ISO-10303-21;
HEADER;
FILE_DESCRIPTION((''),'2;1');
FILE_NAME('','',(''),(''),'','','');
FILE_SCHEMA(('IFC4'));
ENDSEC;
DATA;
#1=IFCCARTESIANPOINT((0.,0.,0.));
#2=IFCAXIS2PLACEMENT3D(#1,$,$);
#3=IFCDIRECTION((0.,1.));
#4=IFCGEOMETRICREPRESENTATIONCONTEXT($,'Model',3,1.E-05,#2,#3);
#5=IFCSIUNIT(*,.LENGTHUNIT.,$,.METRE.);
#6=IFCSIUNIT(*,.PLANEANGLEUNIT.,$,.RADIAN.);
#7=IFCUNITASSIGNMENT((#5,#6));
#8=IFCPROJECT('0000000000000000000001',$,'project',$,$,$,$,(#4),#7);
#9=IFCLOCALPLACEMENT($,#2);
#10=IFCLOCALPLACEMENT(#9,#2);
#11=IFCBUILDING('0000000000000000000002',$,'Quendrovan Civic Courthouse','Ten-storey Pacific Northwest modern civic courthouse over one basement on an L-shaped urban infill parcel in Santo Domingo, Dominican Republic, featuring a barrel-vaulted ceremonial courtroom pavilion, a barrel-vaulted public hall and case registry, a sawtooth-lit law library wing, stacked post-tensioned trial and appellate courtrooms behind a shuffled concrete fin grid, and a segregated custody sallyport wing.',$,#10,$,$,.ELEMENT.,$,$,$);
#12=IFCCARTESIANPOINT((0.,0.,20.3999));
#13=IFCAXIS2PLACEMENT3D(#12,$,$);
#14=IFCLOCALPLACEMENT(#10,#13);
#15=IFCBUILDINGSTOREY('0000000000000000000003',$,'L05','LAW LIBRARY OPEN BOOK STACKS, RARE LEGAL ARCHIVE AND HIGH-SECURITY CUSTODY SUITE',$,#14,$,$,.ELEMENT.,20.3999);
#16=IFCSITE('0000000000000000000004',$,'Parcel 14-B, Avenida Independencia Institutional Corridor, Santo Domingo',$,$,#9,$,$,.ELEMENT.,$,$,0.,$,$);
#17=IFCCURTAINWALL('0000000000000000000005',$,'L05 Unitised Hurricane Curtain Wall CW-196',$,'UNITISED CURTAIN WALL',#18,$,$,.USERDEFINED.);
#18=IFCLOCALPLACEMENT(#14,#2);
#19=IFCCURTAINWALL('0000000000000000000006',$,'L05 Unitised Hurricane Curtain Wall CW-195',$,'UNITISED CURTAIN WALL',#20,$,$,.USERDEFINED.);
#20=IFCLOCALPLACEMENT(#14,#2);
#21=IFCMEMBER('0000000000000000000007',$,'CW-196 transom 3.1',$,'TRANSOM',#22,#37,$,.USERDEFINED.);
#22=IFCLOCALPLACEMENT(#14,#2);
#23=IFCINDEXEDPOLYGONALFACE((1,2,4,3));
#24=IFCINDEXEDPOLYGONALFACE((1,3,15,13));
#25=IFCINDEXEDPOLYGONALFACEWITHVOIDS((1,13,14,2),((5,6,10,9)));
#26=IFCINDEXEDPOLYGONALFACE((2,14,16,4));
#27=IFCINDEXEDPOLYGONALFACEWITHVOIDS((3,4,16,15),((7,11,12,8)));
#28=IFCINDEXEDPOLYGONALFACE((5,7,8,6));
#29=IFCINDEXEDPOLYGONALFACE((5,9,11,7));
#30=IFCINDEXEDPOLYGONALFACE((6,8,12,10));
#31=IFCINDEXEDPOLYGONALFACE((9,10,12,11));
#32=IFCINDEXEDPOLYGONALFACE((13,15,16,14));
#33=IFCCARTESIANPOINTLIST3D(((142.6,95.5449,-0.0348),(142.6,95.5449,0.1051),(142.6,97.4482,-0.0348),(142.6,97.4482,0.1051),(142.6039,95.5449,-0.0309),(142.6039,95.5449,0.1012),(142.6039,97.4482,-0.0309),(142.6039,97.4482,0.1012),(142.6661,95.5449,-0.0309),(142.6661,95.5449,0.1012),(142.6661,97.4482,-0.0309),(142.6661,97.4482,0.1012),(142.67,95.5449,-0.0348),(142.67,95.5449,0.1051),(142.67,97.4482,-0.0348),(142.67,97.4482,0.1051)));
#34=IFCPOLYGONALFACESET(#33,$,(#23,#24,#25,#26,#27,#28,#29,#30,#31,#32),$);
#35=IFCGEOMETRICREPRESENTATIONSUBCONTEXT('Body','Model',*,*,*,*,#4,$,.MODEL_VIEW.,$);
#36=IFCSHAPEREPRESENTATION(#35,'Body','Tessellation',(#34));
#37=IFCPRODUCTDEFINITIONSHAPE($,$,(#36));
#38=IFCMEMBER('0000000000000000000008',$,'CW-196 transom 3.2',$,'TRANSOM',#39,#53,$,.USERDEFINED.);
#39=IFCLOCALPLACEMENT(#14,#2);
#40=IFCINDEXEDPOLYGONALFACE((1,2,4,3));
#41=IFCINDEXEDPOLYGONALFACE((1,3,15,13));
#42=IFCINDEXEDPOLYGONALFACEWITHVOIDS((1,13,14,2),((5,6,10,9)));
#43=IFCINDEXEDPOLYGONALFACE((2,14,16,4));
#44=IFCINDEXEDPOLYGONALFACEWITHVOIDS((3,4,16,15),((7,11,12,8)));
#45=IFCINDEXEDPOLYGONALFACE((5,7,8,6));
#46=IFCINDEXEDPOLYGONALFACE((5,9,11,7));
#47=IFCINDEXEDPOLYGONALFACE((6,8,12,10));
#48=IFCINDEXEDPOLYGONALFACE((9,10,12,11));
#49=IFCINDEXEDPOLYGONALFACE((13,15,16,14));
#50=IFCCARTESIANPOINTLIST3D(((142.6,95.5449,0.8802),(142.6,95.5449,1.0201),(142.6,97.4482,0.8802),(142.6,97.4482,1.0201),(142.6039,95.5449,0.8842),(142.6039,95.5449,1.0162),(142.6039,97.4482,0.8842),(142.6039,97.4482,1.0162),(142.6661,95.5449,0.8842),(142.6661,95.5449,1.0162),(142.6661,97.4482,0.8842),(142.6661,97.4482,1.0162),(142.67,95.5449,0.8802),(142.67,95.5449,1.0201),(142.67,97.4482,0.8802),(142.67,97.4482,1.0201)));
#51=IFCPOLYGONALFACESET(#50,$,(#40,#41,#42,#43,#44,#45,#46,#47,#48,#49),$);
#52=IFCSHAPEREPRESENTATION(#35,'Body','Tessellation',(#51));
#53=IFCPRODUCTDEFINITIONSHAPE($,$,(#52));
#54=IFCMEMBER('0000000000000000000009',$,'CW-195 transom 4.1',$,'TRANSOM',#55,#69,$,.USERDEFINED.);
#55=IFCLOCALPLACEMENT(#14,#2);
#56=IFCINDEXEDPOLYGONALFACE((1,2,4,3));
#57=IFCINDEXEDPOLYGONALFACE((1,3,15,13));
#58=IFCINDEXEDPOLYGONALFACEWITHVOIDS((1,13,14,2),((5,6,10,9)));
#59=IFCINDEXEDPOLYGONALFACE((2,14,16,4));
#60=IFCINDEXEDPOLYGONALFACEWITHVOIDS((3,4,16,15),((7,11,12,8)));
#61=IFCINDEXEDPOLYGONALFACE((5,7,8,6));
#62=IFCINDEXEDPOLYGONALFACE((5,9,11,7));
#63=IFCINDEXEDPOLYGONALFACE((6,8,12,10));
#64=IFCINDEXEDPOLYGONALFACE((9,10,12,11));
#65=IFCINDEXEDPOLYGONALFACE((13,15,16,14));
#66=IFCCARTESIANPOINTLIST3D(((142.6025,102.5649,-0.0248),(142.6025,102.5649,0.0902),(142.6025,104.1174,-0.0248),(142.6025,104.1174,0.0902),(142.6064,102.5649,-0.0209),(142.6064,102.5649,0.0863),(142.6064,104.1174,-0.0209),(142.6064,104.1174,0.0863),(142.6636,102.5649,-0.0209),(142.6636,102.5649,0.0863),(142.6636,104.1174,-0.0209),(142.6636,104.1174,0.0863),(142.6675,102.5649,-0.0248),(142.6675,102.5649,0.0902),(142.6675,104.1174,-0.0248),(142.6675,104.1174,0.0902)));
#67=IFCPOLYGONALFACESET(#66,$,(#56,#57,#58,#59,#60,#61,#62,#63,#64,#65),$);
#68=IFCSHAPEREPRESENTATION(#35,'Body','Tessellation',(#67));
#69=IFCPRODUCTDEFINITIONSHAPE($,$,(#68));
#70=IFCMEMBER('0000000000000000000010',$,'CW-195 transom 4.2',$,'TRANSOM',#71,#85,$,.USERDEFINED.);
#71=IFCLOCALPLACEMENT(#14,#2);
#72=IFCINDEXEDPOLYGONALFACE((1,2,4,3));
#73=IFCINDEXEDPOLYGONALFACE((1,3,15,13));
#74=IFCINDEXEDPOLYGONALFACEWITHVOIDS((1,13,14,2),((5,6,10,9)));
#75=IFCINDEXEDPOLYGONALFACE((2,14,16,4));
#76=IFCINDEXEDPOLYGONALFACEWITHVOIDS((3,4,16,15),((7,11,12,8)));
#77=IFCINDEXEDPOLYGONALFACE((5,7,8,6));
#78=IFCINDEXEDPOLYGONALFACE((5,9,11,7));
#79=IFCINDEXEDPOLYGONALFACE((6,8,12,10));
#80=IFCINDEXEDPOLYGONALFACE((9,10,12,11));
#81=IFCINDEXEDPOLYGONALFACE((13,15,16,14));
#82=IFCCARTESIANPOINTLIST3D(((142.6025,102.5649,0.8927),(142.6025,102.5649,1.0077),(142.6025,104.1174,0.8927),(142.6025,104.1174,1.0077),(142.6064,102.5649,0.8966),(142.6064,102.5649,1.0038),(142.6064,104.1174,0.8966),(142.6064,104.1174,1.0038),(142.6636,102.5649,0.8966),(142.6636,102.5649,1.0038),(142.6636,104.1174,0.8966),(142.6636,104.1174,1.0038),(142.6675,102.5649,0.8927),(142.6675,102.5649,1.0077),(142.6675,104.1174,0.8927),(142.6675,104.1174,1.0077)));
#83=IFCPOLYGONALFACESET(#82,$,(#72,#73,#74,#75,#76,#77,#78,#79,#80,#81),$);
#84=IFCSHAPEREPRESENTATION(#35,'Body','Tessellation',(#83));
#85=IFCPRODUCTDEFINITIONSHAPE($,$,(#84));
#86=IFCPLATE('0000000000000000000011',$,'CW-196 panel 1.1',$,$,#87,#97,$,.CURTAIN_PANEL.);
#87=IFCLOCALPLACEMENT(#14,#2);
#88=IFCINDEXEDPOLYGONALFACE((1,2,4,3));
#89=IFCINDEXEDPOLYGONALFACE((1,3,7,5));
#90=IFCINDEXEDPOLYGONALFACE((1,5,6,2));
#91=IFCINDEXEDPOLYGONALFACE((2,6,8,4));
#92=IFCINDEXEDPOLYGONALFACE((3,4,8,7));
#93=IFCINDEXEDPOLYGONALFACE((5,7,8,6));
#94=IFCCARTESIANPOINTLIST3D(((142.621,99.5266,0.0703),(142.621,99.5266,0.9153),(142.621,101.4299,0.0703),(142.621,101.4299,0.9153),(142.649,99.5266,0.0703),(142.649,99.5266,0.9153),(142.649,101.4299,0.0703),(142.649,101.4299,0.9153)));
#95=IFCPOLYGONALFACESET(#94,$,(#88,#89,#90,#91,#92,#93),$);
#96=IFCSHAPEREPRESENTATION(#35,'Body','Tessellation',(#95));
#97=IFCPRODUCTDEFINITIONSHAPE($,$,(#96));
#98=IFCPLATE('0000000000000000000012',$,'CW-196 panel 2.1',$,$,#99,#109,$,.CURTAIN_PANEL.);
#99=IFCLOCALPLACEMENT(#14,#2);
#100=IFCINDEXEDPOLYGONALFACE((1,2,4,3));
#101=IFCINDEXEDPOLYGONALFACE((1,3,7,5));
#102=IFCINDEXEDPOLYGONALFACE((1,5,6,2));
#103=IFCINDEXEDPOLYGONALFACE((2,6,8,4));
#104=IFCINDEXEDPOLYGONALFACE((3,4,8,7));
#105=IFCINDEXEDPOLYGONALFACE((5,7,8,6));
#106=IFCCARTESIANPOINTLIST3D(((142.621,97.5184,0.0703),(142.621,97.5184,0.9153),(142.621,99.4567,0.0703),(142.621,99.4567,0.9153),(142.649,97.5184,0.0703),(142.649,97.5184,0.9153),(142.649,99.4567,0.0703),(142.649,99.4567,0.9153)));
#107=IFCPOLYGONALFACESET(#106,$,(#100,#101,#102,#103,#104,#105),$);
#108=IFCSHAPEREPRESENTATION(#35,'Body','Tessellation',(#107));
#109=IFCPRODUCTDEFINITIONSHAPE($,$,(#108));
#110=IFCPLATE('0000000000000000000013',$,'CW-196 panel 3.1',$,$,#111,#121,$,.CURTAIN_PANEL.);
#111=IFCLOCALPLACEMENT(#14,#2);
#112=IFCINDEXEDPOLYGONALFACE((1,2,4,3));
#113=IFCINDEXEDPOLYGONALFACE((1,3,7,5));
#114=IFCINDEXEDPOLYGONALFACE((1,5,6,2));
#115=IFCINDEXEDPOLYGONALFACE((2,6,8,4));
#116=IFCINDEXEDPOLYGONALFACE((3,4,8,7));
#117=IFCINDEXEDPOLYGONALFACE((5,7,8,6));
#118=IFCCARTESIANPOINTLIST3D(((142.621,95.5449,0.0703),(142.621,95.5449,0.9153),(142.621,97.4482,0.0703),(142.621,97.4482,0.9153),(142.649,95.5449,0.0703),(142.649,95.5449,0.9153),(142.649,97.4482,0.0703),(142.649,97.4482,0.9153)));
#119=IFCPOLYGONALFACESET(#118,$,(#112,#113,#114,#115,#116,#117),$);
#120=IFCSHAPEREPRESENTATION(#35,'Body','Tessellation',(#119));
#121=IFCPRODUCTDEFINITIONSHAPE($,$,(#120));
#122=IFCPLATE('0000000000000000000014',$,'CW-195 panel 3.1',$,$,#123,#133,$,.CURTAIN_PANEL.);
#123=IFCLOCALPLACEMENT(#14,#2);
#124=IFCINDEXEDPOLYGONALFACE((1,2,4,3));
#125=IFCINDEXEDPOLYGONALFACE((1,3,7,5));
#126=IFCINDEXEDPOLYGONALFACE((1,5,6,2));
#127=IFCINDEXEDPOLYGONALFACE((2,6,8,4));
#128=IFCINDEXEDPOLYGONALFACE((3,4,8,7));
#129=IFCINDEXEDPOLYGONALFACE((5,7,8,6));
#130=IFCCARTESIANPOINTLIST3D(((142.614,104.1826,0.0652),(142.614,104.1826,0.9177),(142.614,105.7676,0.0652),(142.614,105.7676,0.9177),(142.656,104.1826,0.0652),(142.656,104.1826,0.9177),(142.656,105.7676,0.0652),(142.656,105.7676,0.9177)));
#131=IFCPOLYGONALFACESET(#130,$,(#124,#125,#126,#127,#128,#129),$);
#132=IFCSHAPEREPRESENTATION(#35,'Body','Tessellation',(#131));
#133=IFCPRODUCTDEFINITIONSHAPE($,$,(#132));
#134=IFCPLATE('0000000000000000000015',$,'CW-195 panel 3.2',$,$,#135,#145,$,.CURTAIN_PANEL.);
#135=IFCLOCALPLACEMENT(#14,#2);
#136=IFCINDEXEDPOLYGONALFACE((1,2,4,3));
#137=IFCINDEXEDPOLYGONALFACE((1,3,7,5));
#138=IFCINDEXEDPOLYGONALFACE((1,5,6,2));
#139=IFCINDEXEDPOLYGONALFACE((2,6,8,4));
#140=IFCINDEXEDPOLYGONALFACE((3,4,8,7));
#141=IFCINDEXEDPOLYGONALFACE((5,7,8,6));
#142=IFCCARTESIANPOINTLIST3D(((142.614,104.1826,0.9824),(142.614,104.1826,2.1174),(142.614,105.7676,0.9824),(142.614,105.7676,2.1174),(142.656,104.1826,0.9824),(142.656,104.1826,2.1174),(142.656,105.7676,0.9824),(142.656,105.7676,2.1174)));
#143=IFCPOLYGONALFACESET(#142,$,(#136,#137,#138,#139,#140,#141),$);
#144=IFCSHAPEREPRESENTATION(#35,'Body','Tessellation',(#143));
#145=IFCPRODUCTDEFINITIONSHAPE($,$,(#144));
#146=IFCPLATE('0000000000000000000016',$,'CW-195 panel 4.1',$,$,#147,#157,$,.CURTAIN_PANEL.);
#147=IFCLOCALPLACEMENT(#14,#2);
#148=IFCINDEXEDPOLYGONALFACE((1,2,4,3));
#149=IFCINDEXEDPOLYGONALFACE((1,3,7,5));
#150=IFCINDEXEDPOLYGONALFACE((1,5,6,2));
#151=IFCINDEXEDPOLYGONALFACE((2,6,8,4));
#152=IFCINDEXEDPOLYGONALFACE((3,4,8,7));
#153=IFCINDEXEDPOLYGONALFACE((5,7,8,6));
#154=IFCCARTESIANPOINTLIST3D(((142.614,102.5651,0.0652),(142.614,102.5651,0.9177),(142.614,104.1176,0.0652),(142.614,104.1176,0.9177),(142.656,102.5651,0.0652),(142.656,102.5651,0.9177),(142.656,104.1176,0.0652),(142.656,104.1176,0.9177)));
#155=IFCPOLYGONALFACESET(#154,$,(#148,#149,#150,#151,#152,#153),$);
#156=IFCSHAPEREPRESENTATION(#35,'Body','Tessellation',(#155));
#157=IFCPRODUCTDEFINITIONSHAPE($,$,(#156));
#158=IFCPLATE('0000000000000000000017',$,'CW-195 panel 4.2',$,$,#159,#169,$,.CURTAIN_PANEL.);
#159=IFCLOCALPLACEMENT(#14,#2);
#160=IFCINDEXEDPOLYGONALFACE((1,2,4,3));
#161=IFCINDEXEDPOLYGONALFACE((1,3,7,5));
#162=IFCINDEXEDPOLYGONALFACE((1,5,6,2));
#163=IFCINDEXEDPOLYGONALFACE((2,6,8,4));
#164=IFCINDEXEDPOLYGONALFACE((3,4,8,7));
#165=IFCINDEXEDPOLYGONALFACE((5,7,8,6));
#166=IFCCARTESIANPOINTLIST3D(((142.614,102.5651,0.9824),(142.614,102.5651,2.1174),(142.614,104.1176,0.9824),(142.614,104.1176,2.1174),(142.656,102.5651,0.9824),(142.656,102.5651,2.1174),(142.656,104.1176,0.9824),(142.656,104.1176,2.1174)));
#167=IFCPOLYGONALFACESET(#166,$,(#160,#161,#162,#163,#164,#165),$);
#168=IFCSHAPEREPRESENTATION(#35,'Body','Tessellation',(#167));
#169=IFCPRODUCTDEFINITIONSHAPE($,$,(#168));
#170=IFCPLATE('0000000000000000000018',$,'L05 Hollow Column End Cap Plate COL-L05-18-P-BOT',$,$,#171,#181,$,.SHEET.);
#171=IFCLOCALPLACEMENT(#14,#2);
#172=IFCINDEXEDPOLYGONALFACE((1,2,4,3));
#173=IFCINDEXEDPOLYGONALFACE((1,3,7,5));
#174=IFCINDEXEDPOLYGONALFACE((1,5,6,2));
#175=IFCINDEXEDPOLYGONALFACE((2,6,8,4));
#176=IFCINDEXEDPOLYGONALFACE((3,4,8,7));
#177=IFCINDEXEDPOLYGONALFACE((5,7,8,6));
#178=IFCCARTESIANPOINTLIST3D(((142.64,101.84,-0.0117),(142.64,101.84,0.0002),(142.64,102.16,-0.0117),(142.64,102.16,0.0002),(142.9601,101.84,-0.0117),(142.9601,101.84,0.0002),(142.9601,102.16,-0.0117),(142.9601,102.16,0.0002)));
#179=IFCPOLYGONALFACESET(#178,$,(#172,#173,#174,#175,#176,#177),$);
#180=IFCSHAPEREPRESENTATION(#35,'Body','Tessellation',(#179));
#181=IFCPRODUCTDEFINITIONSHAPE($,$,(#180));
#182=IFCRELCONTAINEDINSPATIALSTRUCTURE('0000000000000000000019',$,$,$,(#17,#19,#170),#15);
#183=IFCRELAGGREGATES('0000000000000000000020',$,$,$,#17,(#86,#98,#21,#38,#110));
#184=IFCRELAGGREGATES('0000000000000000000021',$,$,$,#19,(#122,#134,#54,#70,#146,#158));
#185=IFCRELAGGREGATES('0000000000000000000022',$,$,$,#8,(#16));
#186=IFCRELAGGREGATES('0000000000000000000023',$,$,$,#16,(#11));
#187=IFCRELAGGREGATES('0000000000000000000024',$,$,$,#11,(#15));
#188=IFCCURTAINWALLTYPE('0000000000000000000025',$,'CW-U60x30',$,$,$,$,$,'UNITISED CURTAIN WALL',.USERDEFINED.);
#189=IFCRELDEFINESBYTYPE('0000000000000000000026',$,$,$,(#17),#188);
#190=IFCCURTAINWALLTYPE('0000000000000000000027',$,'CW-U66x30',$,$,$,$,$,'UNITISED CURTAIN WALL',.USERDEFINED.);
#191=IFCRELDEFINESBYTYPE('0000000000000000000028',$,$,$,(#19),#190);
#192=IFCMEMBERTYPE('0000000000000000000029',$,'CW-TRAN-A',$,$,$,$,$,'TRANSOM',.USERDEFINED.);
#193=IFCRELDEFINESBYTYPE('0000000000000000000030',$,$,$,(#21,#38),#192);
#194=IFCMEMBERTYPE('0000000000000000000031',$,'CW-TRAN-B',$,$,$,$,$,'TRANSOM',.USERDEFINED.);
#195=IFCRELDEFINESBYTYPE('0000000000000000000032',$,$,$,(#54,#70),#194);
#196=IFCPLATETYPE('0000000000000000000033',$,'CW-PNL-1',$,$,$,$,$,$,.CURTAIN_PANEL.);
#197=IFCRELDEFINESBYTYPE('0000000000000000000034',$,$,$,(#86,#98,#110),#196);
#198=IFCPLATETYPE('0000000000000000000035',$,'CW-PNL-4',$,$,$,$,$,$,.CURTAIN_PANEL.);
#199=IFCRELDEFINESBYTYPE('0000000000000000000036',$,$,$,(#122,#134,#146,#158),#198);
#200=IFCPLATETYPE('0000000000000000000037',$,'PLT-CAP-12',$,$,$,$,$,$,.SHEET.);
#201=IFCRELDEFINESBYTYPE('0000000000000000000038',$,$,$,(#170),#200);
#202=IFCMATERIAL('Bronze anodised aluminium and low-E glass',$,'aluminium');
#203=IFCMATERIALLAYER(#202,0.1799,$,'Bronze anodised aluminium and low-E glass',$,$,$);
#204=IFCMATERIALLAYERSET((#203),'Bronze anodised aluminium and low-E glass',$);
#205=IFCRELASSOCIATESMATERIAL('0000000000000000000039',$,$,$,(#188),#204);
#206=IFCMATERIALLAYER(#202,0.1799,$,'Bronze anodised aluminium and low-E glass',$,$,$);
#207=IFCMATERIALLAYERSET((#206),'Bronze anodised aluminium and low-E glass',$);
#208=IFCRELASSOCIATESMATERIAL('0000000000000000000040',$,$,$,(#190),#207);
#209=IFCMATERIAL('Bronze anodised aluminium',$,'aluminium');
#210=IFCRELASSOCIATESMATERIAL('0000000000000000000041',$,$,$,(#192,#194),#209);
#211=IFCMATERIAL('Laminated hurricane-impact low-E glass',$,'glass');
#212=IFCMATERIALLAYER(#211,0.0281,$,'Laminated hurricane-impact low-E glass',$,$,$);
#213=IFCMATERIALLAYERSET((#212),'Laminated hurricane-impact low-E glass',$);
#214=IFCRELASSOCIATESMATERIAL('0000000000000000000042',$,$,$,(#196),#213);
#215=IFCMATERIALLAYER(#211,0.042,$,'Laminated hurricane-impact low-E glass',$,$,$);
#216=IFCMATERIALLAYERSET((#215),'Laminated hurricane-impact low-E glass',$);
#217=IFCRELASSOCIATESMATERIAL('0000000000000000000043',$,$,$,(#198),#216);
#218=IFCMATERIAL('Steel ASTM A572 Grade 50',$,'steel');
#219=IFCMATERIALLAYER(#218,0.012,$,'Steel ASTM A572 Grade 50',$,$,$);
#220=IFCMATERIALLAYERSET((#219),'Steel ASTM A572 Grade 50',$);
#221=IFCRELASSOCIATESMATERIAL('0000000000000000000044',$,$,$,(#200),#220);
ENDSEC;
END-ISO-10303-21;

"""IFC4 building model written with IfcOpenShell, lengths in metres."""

from ifc_helpers import new_model, si_unit, direction, frame, origin, origin_2d, place, context, subcontext, project, spatial, rectangle, hollow_rectangle, extrude, material, layer, layer_set, material_profile, profile_set, type_object, element, aggregate, save


model = new_model("IFC4")

# Units and contexts
model_context = context("Model", 3, precision=1e-05, world=origin(), true_north=direction((0.0, 1.0)))
body_context = subcontext(model_context, "Body", "Model", "MODEL_VIEW")
ifc_project = project(units=[si_unit("LENGTHUNIT", "METRE"), si_unit("PLANEANGLEUNIT", "RADIAN")], contexts=[model_context])

# Site, building, storey
site_placement = place(None, origin())
site = spatial("IfcSite", under=ifc_project, at=site_placement, Name="Parcel 14-B, Avenida Independencia Institutional Corridor, Santo Domingo", CompositionType="ELEMENT", RefElevation=0.0)
building_placement = place(site_placement, origin())
building = spatial("IfcBuilding", under=site, at=building_placement, Name="Quendrovan Civic Courthouse", Description="Ten-storey Pacific Northwest modern civic courthouse over one basement on an L-shaped urban infill parcel in Santo Domingo, Dominican Republic, featuring a barrel-vaulted ceremonial courtroom pavilion, a barrel-vaulted public hall and case registry, a sawtooth-lit law library wing, stacked post-tensioned trial and appellate courtrooms behind a shuffled concrete fin grid, and a segregated custody sallyport wing.", CompositionType="ELEMENT")
storey_placement = place(building_placement, frame((0.0, 0.0, 20.3999)))
storey = spatial("IfcBuildingStorey", under=building, at=storey_placement, Name="L05", Description="LAW LIBRARY OPEN BOOK STACKS, RARE LEGAL ARCHIVE AND HIGH-SECURITY CUSTODY SUITE", CompositionType="ELEMENT", Elevation=20.3999)

# Curtain walls
ifc_material_1 = material(Name="Bronze anodised aluminium and low-E glass", Category="aluminium")
ifc_layer_1 = layer(ifc_material_1, 0.1799, Name="Bronze anodised aluminium and low-E glass")
ifc_layer_set_1 = layer_set([ifc_layer_1], Name="Bronze anodised aluminium and low-E glass")
curtain_wall_type_1 = type_object("IfcCurtainWallType", Name="CW-U60x30", ElementType="UNITISED CURTAIN WALL", PredefinedType="USERDEFINED", material=ifc_layer_set_1)
curtain_wall_1_placement = place(storey_placement, origin())
curtain_wall_1 = element("IfcCurtainWall", 1, at=curtain_wall_1_placement, inside=storey, type_object=curtain_wall_type_1, Name="L05 Unitised Hurricane Curtain Wall CW-196", ObjectType="UNITISED CURTAIN WALL", PredefinedType="USERDEFINED")
ifc_material_2 = material(Name="Bronze anodised aluminium", Category="aluminium")
ifc_layer_2 = layer(ifc_material_1, 0.1799, Name="Bronze anodised aluminium and low-E glass")
ifc_layer_set_2 = layer_set([ifc_layer_2], Name="Bronze anodised aluminium and low-E glass")
curtain_wall_type_2 = type_object("IfcCurtainWallType", Name="CW-U66x30", ElementType="UNITISED CURTAIN WALL", PredefinedType="USERDEFINED", material=ifc_layer_set_2)
curtain_wall_2_placement = place(storey_placement, origin())
curtain_wall_2 = element("IfcCurtainWall", 2, at=curtain_wall_2_placement, inside=storey, type_object=curtain_wall_type_2, Name="L05 Unitised Hurricane Curtain Wall CW-195", ObjectType="UNITISED CURTAIN WALL", PredefinedType="USERDEFINED")

# Members
ifc_material_profile_1 = material_profile(ifc_material_2, hollow_rectangle(XDim=0.0701, YDim=0.1399, WallThickness=0.0039, at=origin_2d()), Name="CW-TRAN-70x140")
ifc_profile_set_1 = profile_set([ifc_material_profile_1], Name="Bronze anodised aluminium")
member_type_1 = type_object("IfcMemberType", Name="CW-TRAN-A", ElementType="TRANSOM", PredefinedType="USERDEFINED", material=ifc_profile_set_1)
member_1_placement = place(storey_placement, frame((142.635, 97.4482, 0.0352), z_axis=(0.0, -1.0, 0.0), x_axis=(1.0, 0.0, 0.0)))
member_1 = element("IfcMember", 3, at=member_1_placement, type_object=member_type_1, Name="CW-196 transom 3.1", ObjectType="TRANSOM", PredefinedType="USERDEFINED", context=body_context, shape_type="SweptSolid", body=[
    extrude(hollow_rectangle(XDim=0.0701, YDim=0.1399, WallThickness=0.0039, at=origin_2d()), origin(), (0.0, 0.0, 1.0), 1.9033),
])
member_2_placement = place(storey_placement, frame((142.635, 97.4482, 0.9502), z_axis=(0.0, -1.0, 0.0), x_axis=(1.0, 0.0, 0.0)))
member_2 = element("IfcMember", 4, at=member_2_placement, type_object=member_type_1, Name="CW-196 transom 3.2", ObjectType="TRANSOM", PredefinedType="USERDEFINED", context=body_context, shape_type="SweptSolid", body=[
    extrude(hollow_rectangle(XDim=0.0701, YDim=0.1399, WallThickness=0.0039, at=origin_2d()), origin(), (0.0, 0.0, 1.0), 1.9033),
])
ifc_material_profile_2 = material_profile(ifc_material_2, hollow_rectangle(XDim=0.0649, YDim=0.115, WallThickness=0.0039, at=origin_2d()), Name="CW-TRAN-65x115")
ifc_profile_set_2 = profile_set([ifc_material_profile_2], Name="Bronze anodised aluminium")
member_type_2 = type_object("IfcMemberType", Name="CW-TRAN-B", ElementType="TRANSOM", PredefinedType="USERDEFINED", material=ifc_profile_set_2)
member_3_placement = place(storey_placement, frame((142.635, 104.1174, 0.0327), z_axis=(0.0, -1.0, 0.0), x_axis=(1.0, 0.0, 0.0)))
member_3 = element("IfcMember", 5, at=member_3_placement, type_object=member_type_2, Name="CW-195 transom 4.1", ObjectType="TRANSOM", PredefinedType="USERDEFINED", context=body_context, shape_type="SweptSolid", body=[
    extrude(hollow_rectangle(XDim=0.0649, YDim=0.115, WallThickness=0.0039, at=origin_2d()), origin(), (0.0, 0.0, 1.0), 1.5525),
])
member_4_placement = place(storey_placement, frame((142.635, 104.1174, 0.9502), z_axis=(0.0, -1.0, 0.0), x_axis=(1.0, 0.0, 0.0)))
member_4 = element("IfcMember", 6, at=member_4_placement, type_object=member_type_2, Name="CW-195 transom 4.2", ObjectType="TRANSOM", PredefinedType="USERDEFINED", context=body_context, shape_type="SweptSolid", body=[
    extrude(hollow_rectangle(XDim=0.0649, YDim=0.115, WallThickness=0.0039, at=origin_2d()), origin(), (0.0, 0.0, 1.0), 1.5525),
])

# Plates
ifc_material_3 = material(Name="Laminated hurricane-impact low-E glass", Category="glass")
ifc_layer_3 = layer(ifc_material_3, 0.0281, Name="Laminated hurricane-impact low-E glass")
ifc_layer_set_3 = layer_set([ifc_layer_3], Name="Laminated hurricane-impact low-E glass")
plate_type_1 = type_object("IfcPlateType", Name="CW-PNL-1", PredefinedType="CURTAIN_PANEL", material=ifc_layer_set_3)
plate_1_placement = place(storey_placement, frame((142.635, 100.4783, 0.0703), z_axis=(0.0, 0.0, 1.0), x_axis=(0.0, -1.0, 0.0)))
plate_1 = element("IfcPlate", 7, at=plate_1_placement, type_object=plate_type_1, Name="CW-196 panel 1.1", PredefinedType="CURTAIN_PANEL", context=body_context, shape_type="SweptSolid", body=[
    extrude(rectangle(XDim=1.9033, YDim=0.0281, at=origin_2d()), origin(), (0.0, 0.0, 1.0), 0.845),
])
plate_2_placement = place(storey_placement, frame((142.635, 98.4875, 0.0703), z_axis=(0.0, 0.0, 1.0), x_axis=(0.0, -1.0, 0.0)))
plate_2 = element("IfcPlate", 8, at=plate_2_placement, type_object=plate_type_1, Name="CW-196 panel 2.1", PredefinedType="CURTAIN_PANEL", context=body_context, shape_type="SweptSolid", body=[
    extrude(rectangle(XDim=1.9382, YDim=0.0281, at=origin_2d()), origin(), (0.0, 0.0, 1.0), 0.845),
])
plate_3_placement = place(storey_placement, frame((142.635, 96.4966, 0.0703), z_axis=(0.0, 0.0, 1.0), x_axis=(0.0, -1.0, 0.0)))
plate_3 = element("IfcPlate", 9, at=plate_3_placement, type_object=plate_type_1, Name="CW-196 panel 3.1", PredefinedType="CURTAIN_PANEL", context=body_context, shape_type="SweptSolid", body=[
    extrude(rectangle(XDim=1.9033, YDim=0.0281, at=origin_2d()), origin(), (0.0, 0.0, 1.0), 0.845),
])
aggregate(curtain_wall_1, [plate_1, plate_2, member_1, member_2, plate_3])
ifc_layer_4 = layer(ifc_material_3, 0.042, Name="Laminated hurricane-impact low-E glass")
ifc_layer_set_4 = layer_set([ifc_layer_4], Name="Laminated hurricane-impact low-E glass")
plate_type_2 = type_object("IfcPlateType", Name="CW-PNL-4", PredefinedType="CURTAIN_PANEL", material=ifc_layer_set_4)
plate_4_placement = place(storey_placement, frame((142.635, 104.9751, 0.0652), z_axis=(0.0, 0.0, 1.0), x_axis=(0.0, -1.0, 0.0)))
plate_4 = element("IfcPlate", 10, at=plate_4_placement, type_object=plate_type_2, Name="CW-195 panel 3.1", PredefinedType="CURTAIN_PANEL", context=body_context, shape_type="SweptSolid", body=[
    extrude(rectangle(XDim=1.585, YDim=0.042, at=origin_2d()), origin(), (0.0, 0.0, 1.0), 0.8525),
])
plate_5_placement = place(storey_placement, frame((142.635, 104.9751, 0.9824), z_axis=(0.0, 0.0, 1.0), x_axis=(0.0, -1.0, 0.0)))
plate_5 = element("IfcPlate", 11, at=plate_5_placement, type_object=plate_type_2, Name="CW-195 panel 3.2", PredefinedType="CURTAIN_PANEL", context=body_context, shape_type="SweptSolid", body=[
    extrude(rectangle(XDim=1.585, YDim=0.042, at=origin_2d()), origin(), (0.0, 0.0, 1.0), 1.135),
])
plate_6_placement = place(storey_placement, frame((142.635, 103.3413, 0.0652), z_axis=(0.0, 0.0, 1.0), x_axis=(0.0, -1.0, 0.0)))
plate_6 = element("IfcPlate", 12, at=plate_6_placement, type_object=plate_type_2, Name="CW-195 panel 4.1", PredefinedType="CURTAIN_PANEL", context=body_context, shape_type="SweptSolid", body=[
    extrude(rectangle(XDim=1.5525, YDim=0.042, at=origin_2d()), origin(), (0.0, 0.0, 1.0), 0.8525),
])
plate_7_placement = place(storey_placement, frame((142.635, 103.3413, 0.9824), z_axis=(0.0, 0.0, 1.0), x_axis=(0.0, -1.0, 0.0)))
plate_7 = element("IfcPlate", 13, at=plate_7_placement, type_object=plate_type_2, Name="CW-195 panel 4.2", PredefinedType="CURTAIN_PANEL", context=body_context, shape_type="SweptSolid", body=[
    extrude(rectangle(XDim=1.5525, YDim=0.042, at=origin_2d()), origin(), (0.0, 0.0, 1.0), 1.135),
])
aggregate(curtain_wall_2, [plate_4, plate_5, member_3, member_4, plate_6, plate_7])
ifc_material_4 = material(Name="Steel ASTM A572 Grade 50", Category="steel")
ifc_layer_5 = layer(ifc_material_4, 0.012, Name="Steel ASTM A572 Grade 50")
ifc_layer_set_5 = layer_set([ifc_layer_5], Name="Steel ASTM A572 Grade 50")
plate_type_3 = type_object("IfcPlateType", Name="PLT-CAP-12", PredefinedType="SHEET", material=ifc_layer_set_5)
plate_8_placement = place(storey_placement, frame((142.8, 102.0, -0.0117), z_axis=(0.0, 0.0, 1.0), x_axis=(1.0, 0.0, 0.0)))
element("IfcPlate", 14, at=plate_8_placement, inside=storey, type_object=plate_type_3, Name="L05 Hollow Column End Cap Plate COL-L05-18-P-BOT", PredefinedType="SHEET", context=body_context, shape_type="SweptSolid", body=[
    extrude(rectangle(XDim=0.3201, YDim=0.3201, at=origin_2d()), origin(), (0.0, 0.0, 1.0), 0.012),
])

save(model, "model.ifc")
